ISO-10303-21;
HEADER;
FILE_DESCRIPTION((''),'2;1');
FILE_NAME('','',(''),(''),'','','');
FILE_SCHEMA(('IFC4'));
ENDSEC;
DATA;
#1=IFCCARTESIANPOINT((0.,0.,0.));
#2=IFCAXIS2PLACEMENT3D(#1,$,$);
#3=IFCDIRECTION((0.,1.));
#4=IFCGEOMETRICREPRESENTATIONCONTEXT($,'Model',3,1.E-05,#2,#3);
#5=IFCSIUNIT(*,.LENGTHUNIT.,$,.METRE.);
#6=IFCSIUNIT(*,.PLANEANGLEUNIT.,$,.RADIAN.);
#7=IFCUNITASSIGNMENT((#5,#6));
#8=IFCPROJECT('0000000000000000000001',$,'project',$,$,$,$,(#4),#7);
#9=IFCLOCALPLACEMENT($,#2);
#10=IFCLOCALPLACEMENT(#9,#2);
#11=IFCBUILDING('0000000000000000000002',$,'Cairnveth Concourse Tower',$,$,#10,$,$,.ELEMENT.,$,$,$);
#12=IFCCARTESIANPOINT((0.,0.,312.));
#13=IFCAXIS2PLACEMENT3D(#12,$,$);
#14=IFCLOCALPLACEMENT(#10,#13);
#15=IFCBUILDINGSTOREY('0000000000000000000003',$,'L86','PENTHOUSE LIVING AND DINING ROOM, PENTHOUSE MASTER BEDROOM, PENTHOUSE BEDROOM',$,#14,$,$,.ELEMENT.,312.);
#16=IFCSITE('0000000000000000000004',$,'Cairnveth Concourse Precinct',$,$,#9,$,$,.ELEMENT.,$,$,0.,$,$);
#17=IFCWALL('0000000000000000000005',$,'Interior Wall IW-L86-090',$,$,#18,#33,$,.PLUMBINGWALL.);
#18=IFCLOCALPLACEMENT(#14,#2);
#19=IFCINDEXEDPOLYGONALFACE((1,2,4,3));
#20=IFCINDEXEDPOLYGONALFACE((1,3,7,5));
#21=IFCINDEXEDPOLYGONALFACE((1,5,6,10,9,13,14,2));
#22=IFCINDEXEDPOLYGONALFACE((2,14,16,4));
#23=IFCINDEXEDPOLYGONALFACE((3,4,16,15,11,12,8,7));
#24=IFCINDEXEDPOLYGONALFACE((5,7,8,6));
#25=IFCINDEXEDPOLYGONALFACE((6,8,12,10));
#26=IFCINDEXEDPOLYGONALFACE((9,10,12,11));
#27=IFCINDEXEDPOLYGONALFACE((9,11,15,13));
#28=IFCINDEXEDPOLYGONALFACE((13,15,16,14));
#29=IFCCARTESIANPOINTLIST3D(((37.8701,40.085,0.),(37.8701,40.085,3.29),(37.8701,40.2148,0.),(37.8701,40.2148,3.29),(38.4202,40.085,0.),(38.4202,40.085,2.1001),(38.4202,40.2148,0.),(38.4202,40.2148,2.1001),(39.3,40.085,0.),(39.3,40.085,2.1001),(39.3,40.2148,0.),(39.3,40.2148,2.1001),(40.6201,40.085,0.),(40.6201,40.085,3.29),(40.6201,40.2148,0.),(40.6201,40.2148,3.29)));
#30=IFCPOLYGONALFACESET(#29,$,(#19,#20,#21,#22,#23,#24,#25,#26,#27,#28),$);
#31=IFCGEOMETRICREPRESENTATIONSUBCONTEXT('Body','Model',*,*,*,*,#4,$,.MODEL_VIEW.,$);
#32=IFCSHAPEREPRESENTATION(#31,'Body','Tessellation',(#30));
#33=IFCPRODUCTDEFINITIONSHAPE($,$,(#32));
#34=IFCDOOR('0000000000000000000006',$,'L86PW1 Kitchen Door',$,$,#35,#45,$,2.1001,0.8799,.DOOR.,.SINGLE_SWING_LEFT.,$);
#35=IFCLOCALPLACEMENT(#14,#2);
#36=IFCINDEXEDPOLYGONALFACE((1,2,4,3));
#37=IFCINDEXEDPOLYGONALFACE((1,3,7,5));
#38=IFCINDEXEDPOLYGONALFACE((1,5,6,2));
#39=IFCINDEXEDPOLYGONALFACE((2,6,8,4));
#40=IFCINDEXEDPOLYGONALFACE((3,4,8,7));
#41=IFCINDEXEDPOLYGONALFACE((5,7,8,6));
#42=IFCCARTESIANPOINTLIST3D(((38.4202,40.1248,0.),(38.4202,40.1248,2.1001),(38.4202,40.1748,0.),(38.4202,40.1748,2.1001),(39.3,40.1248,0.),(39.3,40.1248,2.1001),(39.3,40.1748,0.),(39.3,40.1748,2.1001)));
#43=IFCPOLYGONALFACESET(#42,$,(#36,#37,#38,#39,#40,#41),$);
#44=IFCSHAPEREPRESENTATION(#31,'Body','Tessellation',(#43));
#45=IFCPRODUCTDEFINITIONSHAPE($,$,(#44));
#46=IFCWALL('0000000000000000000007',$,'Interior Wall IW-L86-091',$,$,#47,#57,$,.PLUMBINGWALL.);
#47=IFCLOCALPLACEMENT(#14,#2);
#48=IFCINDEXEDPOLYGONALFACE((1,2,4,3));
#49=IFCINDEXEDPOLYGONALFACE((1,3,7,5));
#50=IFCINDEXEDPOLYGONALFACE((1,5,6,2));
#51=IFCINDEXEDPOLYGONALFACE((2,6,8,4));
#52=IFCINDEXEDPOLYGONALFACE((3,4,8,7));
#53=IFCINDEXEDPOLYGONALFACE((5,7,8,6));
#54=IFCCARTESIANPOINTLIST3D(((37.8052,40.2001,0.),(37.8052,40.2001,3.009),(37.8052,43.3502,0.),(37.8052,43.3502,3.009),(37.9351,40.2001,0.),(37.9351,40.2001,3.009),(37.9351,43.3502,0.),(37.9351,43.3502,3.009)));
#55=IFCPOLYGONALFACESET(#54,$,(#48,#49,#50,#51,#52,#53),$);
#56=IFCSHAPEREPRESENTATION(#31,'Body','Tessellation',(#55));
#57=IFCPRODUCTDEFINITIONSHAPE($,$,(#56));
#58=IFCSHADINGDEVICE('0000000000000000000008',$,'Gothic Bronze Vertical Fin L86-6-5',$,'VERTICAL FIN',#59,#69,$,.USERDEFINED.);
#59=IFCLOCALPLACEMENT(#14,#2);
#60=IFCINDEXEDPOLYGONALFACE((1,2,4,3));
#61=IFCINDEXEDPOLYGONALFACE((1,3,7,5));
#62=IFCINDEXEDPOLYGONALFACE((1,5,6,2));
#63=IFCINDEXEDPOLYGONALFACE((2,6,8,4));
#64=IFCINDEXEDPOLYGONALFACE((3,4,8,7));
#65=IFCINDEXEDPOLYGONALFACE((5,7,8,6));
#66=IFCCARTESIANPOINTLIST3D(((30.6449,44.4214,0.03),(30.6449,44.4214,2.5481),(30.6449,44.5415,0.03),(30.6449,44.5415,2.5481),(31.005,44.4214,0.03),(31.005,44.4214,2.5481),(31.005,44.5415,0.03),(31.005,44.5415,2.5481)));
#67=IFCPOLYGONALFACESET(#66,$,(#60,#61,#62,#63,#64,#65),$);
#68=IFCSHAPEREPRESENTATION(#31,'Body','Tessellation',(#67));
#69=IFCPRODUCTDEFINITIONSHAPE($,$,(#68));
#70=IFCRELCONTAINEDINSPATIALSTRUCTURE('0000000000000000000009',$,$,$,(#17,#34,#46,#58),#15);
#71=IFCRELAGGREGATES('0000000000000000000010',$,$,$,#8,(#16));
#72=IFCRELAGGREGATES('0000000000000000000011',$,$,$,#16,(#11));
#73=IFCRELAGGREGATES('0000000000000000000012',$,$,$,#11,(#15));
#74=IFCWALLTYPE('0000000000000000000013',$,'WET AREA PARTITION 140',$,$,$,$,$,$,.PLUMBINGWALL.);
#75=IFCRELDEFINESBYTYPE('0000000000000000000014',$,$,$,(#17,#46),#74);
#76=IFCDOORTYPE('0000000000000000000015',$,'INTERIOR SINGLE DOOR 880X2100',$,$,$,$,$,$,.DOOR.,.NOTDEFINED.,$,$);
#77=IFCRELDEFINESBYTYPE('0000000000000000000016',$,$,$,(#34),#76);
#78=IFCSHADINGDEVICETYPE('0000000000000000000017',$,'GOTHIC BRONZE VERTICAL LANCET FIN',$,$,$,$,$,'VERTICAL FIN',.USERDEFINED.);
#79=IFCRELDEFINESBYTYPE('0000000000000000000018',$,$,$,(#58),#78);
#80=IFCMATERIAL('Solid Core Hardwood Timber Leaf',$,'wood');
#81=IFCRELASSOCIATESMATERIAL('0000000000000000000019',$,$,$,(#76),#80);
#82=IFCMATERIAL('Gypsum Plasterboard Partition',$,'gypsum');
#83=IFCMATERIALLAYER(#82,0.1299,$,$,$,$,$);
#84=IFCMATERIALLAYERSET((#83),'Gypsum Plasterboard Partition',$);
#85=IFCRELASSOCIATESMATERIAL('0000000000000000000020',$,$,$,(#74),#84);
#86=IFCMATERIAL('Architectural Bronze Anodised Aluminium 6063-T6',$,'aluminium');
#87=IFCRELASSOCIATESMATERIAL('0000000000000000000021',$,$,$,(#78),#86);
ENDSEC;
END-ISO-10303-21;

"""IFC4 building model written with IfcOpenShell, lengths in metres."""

from ifc_helpers import new_model, si_unit, direction, frame, frame_2d, origin, origin_2d, place, context, subcontext, project, spatial, rectangle, extrude, material, layer, layer_set, type_object, element, fill, save


model = new_model("IFC4")

# Units and contexts
model_context = context("Model", 3, precision=1e-05, world=origin(), true_north=direction((0.0, 1.0)))
body_context = subcontext(model_context, "Body", "Model", "MODEL_VIEW")
ifc_project = project(units=[si_unit("LENGTHUNIT", "METRE"), si_unit("PLANEANGLEUNIT", "RADIAN")], contexts=[model_context])

# Site, building, storey
site_placement = place(None, origin())
site = spatial("IfcSite", under=ifc_project, at=site_placement, Name="Cairnveth Concourse Precinct", CompositionType="ELEMENT", RefElevation=0.0)
building_placement = place(site_placement, origin())
building = spatial("IfcBuilding", under=site, at=building_placement, Name="Cairnveth Concourse Tower", CompositionType="ELEMENT")
storey_placement = place(building_placement, frame((0.0, 0.0, 312.0)))
storey = spatial("IfcBuildingStorey", under=building, at=storey_placement, Name="L86", Description="PENTHOUSE LIVING AND DINING ROOM, PENTHOUSE MASTER BEDROOM, PENTHOUSE BEDROOM", CompositionType="ELEMENT", Elevation=312.0)

# Shared definitions
ifc_material_1 = material(Name="Gypsum Plasterboard Partition", Category="gypsum")
ifc_material_2 = material(Name="Solid Core Hardwood Timber Leaf", Category="wood")
door_type_1 = type_object("IfcDoorType", Name="INTERIOR SINGLE DOOR 880X2100", OperationType="NOTDEFINED", PredefinedType="DOOR", material=ifc_material_2)
ifc_layer_1 = layer(ifc_material_1, 0.1299)
ifc_layer_set_1 = layer_set([ifc_layer_1], Name="Gypsum Plasterboard Partition")
wall_type_1 = type_object("IfcWallType", Name="WET AREA PARTITION 140", PredefinedType="PLUMBINGWALL", material=ifc_layer_set_1)

# Wall, opening, door
wall_1_placement = place(storey_placement, frame((37.8701, 40.1499, 0.0), z_axis=(0.0, 0.0, 1.0), x_axis=(1.0, 0.0, 0.0)))
wall_1 = element("IfcWall", 1, at=wall_1_placement, inside=storey, type_object=wall_type_1, Name="Interior Wall IW-L86-090", PredefinedType="PLUMBINGWALL", context=body_context, shape_type="SweptSolid", body=[
    extrude(rectangle(XDim=2.75, YDim=0.1299, at=frame_2d((1.375, 0.0))), origin(), (0.0, 0.0, 1.0), 3.29),
])
opening_1_placement = place(wall_1_placement, frame((0.55, 0.0, 0.0)))
opening_1 = element("IfcOpeningElement", 2, at=opening_1_placement, cuts=wall_1, PredefinedType="OPENING", context=body_context, shape_type="SweptSolid", body=[
    extrude(rectangle(XDim=0.8799, YDim=2.1001, at=frame_2d((0.4399, 1.05))), frame((0.0, 0.075, 0.0), z_axis=(0.0, -1.0, 0.0), x_axis=(1.0, 0.0, 0.0)), (0.0, 0.0, 1.0), 0.1499),
])
door_1_placement = place(opening_1_placement, origin())
door_1 = element("IfcDoor", 3, at=door_1_placement, inside=storey, type_object=door_type_1, Name="L86PW1 Kitchen Door", OperationType="SINGLE_SWING_LEFT", OverallHeight=2.1001, OverallWidth=0.8799, PredefinedType="DOOR", context=body_context, shape_type="SweptSolid", body=[
    extrude(rectangle(XDim=0.8799, YDim=2.1001, at=frame_2d((0.4399, 1.05))), frame((0.0, 0.0249, 0.0), z_axis=(0.0, -1.0, 0.0), x_axis=(1.0, 0.0, 0.0)), (0.0, 0.0, 1.0), 0.05),
])
fill(opening_1, door_1)

# Wall
wall_2_placement = place(storey_placement, frame((37.8701, 40.2, 0.0), z_axis=(0.0, 0.0, 1.0), x_axis=(0.0, 1.0, 0.0)))
element("IfcWall", 4, at=wall_2_placement, inside=storey, type_object=wall_type_1, Name="Interior Wall IW-L86-091", PredefinedType="PLUMBINGWALL", context=body_context, shape_type="SweptSolid", body=[
    extrude(rectangle(XDim=3.1501, YDim=0.1299, at=frame_2d((1.5752, 0.0))), origin(), (0.0, 0.0, 1.0), 3.009),
])

# Shading device
ifc_material_3 = material(Name="Architectural Bronze Anodised Aluminium 6063-T6", Category="aluminium")
shading_device_type = type_object("IfcShadingDeviceType", Name="GOTHIC BRONZE VERTICAL LANCET FIN", ElementType="VERTICAL FIN", PredefinedType="USERDEFINED", material=ifc_material_3)
shading_device_placement = place(storey_placement, frame((30.825, 44.4814, 0.03), z_axis=(0.0, 0.0, 1.0), x_axis=(0.0, 1.0, 0.0)))
element("IfcShadingDevice", 5, at=shading_device_placement, inside=storey, type_object=shading_device_type, Name="Gothic Bronze Vertical Fin L86-6-5", ObjectType="VERTICAL FIN", PredefinedType="USERDEFINED", context=body_context, shape_type="SweptSolid", body=[
    extrude(rectangle(XDim=0.1201, YDim=0.3601, at=origin_2d()), origin(), (0.0, 0.0, 1.0), 2.5181),
])

save(model, "model.ifc")
